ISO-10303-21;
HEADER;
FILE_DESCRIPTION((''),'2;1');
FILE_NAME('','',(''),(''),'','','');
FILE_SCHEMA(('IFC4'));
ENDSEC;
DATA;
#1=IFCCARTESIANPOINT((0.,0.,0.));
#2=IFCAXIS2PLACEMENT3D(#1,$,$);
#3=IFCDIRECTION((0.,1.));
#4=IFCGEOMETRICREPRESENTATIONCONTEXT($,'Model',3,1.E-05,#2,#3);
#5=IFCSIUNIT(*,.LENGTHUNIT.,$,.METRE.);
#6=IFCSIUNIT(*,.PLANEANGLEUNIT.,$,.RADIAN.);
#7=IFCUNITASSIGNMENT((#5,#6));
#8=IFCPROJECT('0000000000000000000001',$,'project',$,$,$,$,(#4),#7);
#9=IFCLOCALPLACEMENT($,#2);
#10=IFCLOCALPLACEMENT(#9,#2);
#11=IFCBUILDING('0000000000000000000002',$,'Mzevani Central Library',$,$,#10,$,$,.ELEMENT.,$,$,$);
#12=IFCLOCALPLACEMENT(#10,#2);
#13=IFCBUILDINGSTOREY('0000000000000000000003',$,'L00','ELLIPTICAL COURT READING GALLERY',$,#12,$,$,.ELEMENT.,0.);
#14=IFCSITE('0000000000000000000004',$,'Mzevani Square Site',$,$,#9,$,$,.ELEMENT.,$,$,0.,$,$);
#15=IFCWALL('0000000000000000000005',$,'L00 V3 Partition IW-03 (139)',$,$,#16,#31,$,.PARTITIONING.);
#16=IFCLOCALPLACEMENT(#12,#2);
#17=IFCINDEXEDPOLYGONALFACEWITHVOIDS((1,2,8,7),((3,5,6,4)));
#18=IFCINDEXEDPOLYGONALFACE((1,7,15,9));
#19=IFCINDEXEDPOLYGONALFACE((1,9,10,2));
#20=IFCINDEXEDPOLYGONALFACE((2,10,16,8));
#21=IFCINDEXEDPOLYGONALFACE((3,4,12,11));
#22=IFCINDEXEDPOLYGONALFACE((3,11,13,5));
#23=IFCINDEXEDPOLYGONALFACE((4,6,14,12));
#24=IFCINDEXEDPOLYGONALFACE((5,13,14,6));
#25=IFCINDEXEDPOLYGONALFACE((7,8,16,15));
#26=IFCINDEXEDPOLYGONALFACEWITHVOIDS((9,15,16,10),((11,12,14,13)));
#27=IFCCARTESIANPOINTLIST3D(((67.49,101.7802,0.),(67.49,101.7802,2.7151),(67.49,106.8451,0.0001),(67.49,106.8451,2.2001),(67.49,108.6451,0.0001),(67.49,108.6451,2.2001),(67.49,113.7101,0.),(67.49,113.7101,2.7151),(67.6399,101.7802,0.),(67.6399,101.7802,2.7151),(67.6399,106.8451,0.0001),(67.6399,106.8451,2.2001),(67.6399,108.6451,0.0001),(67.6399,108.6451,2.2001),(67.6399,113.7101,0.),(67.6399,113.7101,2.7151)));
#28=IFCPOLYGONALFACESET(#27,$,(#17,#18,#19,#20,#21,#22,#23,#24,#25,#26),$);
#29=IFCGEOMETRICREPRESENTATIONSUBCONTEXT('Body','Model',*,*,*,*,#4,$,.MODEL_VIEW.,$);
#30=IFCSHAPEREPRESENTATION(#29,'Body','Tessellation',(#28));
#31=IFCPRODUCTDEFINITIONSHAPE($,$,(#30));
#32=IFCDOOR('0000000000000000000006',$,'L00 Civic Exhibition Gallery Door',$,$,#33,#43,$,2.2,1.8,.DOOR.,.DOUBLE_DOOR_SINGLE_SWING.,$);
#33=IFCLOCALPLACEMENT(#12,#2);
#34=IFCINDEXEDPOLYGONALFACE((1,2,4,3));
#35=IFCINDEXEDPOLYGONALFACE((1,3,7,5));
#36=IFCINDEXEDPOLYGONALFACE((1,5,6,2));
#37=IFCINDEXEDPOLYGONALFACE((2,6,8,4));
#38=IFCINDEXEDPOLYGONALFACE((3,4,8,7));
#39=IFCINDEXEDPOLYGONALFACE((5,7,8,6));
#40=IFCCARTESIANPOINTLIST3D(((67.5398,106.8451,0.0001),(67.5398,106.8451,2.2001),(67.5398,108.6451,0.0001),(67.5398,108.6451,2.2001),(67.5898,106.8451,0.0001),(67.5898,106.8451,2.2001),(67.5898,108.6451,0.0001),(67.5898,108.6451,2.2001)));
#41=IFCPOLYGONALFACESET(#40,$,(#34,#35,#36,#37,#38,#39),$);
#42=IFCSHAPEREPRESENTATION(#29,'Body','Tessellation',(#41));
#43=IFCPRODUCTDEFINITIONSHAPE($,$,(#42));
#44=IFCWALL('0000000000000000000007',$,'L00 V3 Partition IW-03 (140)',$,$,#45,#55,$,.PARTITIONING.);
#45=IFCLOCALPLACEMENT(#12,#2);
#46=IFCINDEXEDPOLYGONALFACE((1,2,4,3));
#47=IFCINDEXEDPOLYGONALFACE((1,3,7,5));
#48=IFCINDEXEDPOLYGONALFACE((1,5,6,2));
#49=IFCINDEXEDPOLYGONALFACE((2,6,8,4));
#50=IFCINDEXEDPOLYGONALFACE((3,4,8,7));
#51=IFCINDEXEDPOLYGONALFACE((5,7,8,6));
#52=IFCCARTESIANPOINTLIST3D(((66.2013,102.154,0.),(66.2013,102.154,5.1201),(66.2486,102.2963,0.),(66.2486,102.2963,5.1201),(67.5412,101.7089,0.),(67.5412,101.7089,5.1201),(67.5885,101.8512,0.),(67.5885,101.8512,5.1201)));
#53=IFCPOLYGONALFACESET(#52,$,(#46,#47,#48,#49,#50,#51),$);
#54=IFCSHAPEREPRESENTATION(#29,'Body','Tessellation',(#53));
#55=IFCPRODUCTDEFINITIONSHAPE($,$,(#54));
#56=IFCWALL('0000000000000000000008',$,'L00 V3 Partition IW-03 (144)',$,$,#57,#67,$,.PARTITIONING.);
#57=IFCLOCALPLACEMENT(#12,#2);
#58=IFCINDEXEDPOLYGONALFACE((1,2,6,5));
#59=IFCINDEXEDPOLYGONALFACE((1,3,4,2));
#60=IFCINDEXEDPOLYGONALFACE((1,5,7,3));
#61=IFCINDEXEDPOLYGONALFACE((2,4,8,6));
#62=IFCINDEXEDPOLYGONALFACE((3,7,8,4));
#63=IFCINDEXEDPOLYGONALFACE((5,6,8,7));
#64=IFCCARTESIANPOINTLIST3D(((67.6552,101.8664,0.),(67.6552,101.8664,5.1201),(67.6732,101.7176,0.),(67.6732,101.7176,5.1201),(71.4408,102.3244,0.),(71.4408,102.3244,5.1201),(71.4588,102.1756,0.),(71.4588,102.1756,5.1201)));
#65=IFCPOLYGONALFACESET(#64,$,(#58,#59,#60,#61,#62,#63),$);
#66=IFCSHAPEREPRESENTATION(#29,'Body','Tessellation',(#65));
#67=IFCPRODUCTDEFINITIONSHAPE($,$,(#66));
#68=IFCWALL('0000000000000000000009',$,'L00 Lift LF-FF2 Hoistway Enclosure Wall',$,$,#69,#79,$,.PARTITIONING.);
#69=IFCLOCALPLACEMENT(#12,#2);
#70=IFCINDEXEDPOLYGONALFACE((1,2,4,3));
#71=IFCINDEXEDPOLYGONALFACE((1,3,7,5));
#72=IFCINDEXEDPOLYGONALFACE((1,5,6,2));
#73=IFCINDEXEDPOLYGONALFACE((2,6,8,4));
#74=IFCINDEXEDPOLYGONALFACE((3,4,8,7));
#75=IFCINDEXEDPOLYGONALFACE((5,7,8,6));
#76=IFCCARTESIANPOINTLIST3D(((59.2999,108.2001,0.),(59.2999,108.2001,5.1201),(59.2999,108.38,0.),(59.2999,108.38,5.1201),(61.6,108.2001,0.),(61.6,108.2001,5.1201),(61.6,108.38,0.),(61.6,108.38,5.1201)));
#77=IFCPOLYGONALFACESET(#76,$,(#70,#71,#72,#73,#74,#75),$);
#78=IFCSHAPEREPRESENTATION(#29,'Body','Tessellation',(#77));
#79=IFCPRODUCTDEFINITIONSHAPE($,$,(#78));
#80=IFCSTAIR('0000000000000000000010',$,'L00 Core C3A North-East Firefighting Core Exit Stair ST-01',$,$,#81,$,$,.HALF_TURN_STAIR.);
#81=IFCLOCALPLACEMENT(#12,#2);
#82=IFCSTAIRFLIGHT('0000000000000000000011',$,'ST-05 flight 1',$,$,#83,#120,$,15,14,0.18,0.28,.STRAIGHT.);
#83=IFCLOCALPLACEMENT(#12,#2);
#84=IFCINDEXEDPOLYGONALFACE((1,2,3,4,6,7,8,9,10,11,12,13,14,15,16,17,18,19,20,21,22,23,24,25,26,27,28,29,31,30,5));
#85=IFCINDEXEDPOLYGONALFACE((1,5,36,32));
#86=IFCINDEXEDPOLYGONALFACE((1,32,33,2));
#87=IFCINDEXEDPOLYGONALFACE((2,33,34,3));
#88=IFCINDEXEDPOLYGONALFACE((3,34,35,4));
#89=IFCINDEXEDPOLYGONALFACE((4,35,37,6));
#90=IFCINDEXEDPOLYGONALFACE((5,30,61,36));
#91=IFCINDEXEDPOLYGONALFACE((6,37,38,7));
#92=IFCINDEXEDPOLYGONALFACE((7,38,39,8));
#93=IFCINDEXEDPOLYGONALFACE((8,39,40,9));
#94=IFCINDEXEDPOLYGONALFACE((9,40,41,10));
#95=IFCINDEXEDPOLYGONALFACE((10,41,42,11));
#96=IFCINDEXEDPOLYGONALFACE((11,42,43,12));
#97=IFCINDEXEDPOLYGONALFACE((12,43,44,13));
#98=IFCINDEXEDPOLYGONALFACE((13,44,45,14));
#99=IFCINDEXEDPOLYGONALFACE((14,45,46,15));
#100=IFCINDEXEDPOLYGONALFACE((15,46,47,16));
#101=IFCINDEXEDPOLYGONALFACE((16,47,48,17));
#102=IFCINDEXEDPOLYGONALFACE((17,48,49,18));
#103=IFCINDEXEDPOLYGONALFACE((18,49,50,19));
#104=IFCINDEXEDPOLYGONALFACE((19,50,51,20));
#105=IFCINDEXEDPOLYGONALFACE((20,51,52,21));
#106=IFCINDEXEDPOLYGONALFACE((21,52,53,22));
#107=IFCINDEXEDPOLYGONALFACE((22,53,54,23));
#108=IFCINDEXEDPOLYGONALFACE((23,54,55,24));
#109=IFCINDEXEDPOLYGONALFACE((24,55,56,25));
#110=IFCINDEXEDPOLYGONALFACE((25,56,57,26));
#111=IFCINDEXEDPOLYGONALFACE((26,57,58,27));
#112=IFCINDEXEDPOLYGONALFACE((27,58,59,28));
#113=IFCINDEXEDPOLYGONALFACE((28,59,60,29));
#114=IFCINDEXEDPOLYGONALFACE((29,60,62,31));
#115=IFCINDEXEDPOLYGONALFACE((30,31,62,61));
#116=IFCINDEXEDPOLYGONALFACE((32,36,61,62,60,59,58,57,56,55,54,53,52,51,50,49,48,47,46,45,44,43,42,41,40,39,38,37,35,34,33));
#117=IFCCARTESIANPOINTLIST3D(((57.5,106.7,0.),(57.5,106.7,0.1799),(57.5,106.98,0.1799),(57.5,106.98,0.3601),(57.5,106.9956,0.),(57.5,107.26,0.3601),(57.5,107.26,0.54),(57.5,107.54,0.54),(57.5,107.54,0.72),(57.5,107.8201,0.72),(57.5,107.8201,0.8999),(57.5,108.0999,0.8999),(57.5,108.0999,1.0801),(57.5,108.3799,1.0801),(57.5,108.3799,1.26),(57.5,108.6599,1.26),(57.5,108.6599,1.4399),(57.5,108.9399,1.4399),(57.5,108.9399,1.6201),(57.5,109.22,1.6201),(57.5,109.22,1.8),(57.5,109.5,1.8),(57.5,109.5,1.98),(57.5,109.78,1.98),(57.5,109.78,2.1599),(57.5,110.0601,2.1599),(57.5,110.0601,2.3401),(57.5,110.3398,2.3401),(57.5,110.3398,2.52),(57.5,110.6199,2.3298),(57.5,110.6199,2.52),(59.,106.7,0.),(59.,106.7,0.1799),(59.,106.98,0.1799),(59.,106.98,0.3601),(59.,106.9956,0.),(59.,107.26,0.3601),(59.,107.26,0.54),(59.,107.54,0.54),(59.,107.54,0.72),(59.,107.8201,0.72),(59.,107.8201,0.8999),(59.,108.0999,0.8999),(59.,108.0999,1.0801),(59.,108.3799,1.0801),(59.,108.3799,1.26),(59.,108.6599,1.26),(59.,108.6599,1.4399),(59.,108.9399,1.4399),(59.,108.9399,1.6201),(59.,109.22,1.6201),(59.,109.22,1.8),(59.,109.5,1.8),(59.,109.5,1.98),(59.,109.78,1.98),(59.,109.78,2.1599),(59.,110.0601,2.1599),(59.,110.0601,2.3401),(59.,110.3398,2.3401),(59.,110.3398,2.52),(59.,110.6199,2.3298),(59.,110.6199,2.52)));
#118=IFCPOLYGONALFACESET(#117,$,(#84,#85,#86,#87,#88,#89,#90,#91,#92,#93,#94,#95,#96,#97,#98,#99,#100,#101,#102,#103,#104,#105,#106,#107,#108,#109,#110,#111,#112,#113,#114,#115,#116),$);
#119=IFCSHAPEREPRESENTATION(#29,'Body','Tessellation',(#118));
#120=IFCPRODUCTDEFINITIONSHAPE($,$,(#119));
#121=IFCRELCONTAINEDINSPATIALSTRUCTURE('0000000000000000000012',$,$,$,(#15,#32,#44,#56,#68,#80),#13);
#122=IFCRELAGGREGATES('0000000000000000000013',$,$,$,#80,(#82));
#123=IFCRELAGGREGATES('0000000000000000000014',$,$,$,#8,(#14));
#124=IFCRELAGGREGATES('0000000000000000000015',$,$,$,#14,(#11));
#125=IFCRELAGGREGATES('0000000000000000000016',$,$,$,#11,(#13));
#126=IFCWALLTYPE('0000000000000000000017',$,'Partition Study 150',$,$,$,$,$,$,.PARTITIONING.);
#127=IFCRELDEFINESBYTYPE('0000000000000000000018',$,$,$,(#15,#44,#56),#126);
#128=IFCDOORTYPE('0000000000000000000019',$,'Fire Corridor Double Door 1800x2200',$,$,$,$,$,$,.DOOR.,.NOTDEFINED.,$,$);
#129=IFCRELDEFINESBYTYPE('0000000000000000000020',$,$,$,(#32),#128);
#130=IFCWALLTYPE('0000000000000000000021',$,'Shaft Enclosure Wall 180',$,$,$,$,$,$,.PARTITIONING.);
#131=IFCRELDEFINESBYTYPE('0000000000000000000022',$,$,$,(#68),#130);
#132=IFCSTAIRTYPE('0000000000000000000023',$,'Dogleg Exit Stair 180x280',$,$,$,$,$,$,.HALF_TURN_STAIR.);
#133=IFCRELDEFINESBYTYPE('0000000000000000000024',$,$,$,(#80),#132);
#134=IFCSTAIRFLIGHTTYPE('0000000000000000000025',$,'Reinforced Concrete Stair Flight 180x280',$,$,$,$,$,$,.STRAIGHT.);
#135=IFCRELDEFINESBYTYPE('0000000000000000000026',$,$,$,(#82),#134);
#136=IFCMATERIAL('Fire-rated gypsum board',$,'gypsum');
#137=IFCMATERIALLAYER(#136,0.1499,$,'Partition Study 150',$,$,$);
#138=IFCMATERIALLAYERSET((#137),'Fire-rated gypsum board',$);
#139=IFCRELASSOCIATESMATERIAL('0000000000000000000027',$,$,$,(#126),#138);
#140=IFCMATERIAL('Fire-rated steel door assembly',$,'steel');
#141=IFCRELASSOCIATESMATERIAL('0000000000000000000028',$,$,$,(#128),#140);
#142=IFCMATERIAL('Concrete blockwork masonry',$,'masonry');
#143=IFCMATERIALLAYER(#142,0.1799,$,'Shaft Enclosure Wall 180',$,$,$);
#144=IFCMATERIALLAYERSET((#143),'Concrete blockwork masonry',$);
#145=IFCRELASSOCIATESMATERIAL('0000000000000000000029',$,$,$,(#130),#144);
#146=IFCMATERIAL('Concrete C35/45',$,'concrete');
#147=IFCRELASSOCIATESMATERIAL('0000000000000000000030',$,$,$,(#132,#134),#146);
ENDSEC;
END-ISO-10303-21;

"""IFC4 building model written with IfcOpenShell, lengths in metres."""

from ifc_helpers import new_model, si_unit, direction, frame, frame_2d, origin, place, context, subcontext, project, spatial, polyline, rectangle, outline, extrude, material, layer, layer_set, type_object, element, fill, aggregate, save


model = new_model("IFC4")

# Units and contexts
model_context = context("Model", 3, precision=1e-05, world=origin(), true_north=direction((0.0, 1.0)))
body_context = subcontext(model_context, "Body", "Model", "MODEL_VIEW")
ifc_project = project(units=[si_unit("LENGTHUNIT", "METRE"), si_unit("PLANEANGLEUNIT", "RADIAN")], contexts=[model_context])

# Site, building, storey
site_placement = place(None, origin())
site = spatial("IfcSite", under=ifc_project, at=site_placement, Name="Mzevani Square Site", CompositionType="ELEMENT", RefElevation=0.0)
building_placement = place(site_placement, origin())
building = spatial("IfcBuilding", under=site, at=building_placement, Name="Mzevani Central Library", CompositionType="ELEMENT")
storey_placement = place(building_placement, origin())
storey = spatial("IfcBuildingStorey", under=building, at=storey_placement, Name="L00", Description="ELLIPTICAL COURT READING GALLERY", CompositionType="ELEMENT", Elevation=0.0)

# Shared definitions
ifc_material_1 = material(Name="Concrete C35/45", Category="concrete")

# Shared definitions
ifc_material_2 = material(Name="Fire-rated steel door assembly", Category="steel")

# Shared definitions
ifc_material_3 = material(Name="Fire-rated gypsum board", Category="gypsum")
ifc_layer_1 = layer(ifc_material_3, 0.1499, Name="Partition Study 150")
ifc_layer_set_1 = layer_set([ifc_layer_1], Name="Fire-rated gypsum board")
wall_type_1 = type_object("IfcWallType", Name="Partition Study 150", PredefinedType="PARTITIONING", material=ifc_layer_set_1)

# Wall, opening, door
wall_1_placement = place(storey_placement, frame((67.5649, 113.71, 0.0), z_axis=(0.0, 0.0, 1.0), x_axis=(0.0, -1.0, 0.0)))
wall_1 = element("IfcWall", 1, at=wall_1_placement, inside=storey, type_object=wall_type_1, Name="L00 V3 Partition IW-03 (139)", PredefinedType="PARTITIONING", context=body_context, shape_type="SweptSolid", body=[
    extrude(rectangle(XDim=11.9299, YDim=0.1499, at=frame_2d((5.9648, 0.0))), origin(), (0.0, 0.0, 1.0), 2.7151),
])
opening_1_placement = place(wall_1_placement, frame((5.0649, 0.0, 0.0)))
opening_1 = element("IfcOpeningElement", 2, at=opening_1_placement, cuts=wall_1, PredefinedType="OPENING", context=body_context, shape_type="SweptSolid", body=[
    extrude(rectangle(XDim=1.8, YDim=2.2, at=frame_2d((0.8999, 1.1001))), frame((0.0, 0.085, 0.0), z_axis=(0.0, -1.0, 0.0), x_axis=(1.0, 0.0, 0.0)), (0.0, 0.0, 1.0), 0.1699),
])
door_type_1 = type_object("IfcDoorType", Name="Fire Corridor Double Door 1800x2200", OperationType="NOTDEFINED", PredefinedType="DOOR", material=ifc_material_2)
door_1_placement = place(opening_1_placement, origin())
door_1 = element("IfcDoor", 3, at=door_1_placement, inside=storey, type_object=door_type_1, Name="L00 Civic Exhibition Gallery Door", OperationType="DOUBLE_DOOR_SINGLE_SWING", OverallHeight=2.2, OverallWidth=1.8, PredefinedType="DOOR", context=body_context, shape_type="SweptSolid", body=[
    extrude(rectangle(XDim=1.8, YDim=2.2, at=frame_2d((0.8999, 1.1001))), frame((0.0, 0.0249, 0.0), z_axis=(0.0, -1.0, 0.0), x_axis=(1.0, 0.0, 0.0)), (0.0, 0.0, 1.0), 0.05),
])
fill(opening_1, door_1)

# Walls
wall_2_placement = place(storey_placement, frame((67.5649, 101.78, 0.0), z_axis=(0.0, 0.0, 1.0), x_axis=(-0.949011, 0.315242, 0.0)))
element("IfcWall", 4, at=wall_2_placement, inside=storey, type_object=wall_type_1, Name="L00 V3 Partition IW-03 (140)", PredefinedType="PARTITIONING", context=body_context, shape_type="SweptSolid", body=[
    extrude(rectangle(XDim=1.4119, YDim=0.1499, at=frame_2d((0.7061, 0.0))), origin(), (0.0, 0.0, 1.0), 5.1201),
])
wall_3_placement = place(storey_placement, frame((71.45, 102.25, 0.0), z_axis=(0.0, 0.0, 1.0), x_axis=(-0.992761, -0.12011, 0.0)))
element("IfcWall", 5, at=wall_3_placement, inside=storey, type_object=wall_type_1, Name="L00 V3 Partition IW-03 (144)", PredefinedType="PARTITIONING", context=body_context, shape_type="SweptSolid", body=[
    extrude(rectangle(XDim=3.8132, YDim=0.1499, at=frame_2d((1.9067, 0.0))), origin(), (0.0, 0.0, 1.0), 5.1201),
])
ifc_material_4 = material(Name="Concrete blockwork masonry", Category="masonry")
ifc_layer_2 = layer(ifc_material_4, 0.1799, Name="Shaft Enclosure Wall 180")
ifc_layer_set_2 = layer_set([ifc_layer_2], Name="Concrete blockwork masonry")
wall_type_2 = type_object("IfcWallType", Name="Shaft Enclosure Wall 180", PredefinedType="PARTITIONING", material=ifc_layer_set_2)
wall_4_placement = place(storey_placement, frame((59.3, 108.29, 0.0), z_axis=(0.0, 0.0, 1.0), x_axis=(1.0, 0.0, 0.0)))
element("IfcWall", 6, at=wall_4_placement, inside=storey, type_object=wall_type_2, Name="L00 Lift LF-FF2 Hoistway Enclosure Wall", PredefinedType="PARTITIONING", context=body_context, shape_type="SweptSolid", body=[
    extrude(rectangle(XDim=2.3, YDim=0.1799, at=frame_2d((1.1499, 0.0))), origin(), (0.0, 0.0, 1.0), 5.1201),
])

# Stair, stair flight
stair_type = type_object("IfcStairType", Name="Dogleg Exit Stair 180x280", PredefinedType="HALF_TURN_STAIR", material=ifc_material_1)
stair_placement = place(storey_placement, origin())
stair = element("IfcStair", 7, at=stair_placement, inside=storey, type_object=stair_type, Name="L00 Core C3A North-East Firefighting Core Exit Stair ST-01", PredefinedType="HALF_TURN_STAIR")
stair_flight_type = type_object("IfcStairFlightType", Name="Reinforced Concrete Stair Flight 180x280", PredefinedType="STRAIGHT", material=ifc_material_1)
stair_flight_placement = place(storey_placement, frame((58.25, 106.7, 0.0), z_axis=(0.0, 0.0, 1.0), x_axis=(0.0, 1.0, 0.0)))
stair_flight = element("IfcStairFlight", 8, at=stair_flight_placement, type_object=stair_flight_type, Name="ST-05 flight 1", NumberOfRisers=15, NumberOfTreads=14, PredefinedType="STRAIGHT", RiserHeight=0.18, TreadLength=0.28, context=body_context, shape_type="SweptSolid", body=[
    extrude(outline(polyline([(0.0, 0.0), (0.0, 0.1799), (0.28, 0.1799), (0.28, 0.3601), (0.5601, 0.3601), (0.5601, 0.54), (0.8401, 0.54), (0.8401, 0.72), (1.1201, 0.72), (1.1201, 0.8999), (1.3999, 0.8999), (1.3999, 1.0801), (1.6799, 1.0801), (1.6799, 1.26), (1.96, 1.26), (1.96, 1.4399), (2.24, 1.4399), (2.24, 1.6201), (2.52, 1.6201), (2.52, 1.8), (2.8, 1.8), (2.8, 1.98), (3.0801, 1.98), (3.0801, 2.1599), (3.3601, 2.1599), (3.3601, 2.3401), (3.6399, 2.3401), (3.6399, 2.52), (3.9199, 2.52), (3.9199, 2.7), (3.9199, 2.3298), (0.2957, 0.0), (0.0, 0.0)])), frame((0.0, 0.75, 0.0), z_axis=(0.0, -1.0, 0.0), x_axis=(1.0, 0.0, 0.0)), (0.0, 0.0, 1.0), 1.5),
])
aggregate(stair, [stair_flight])

save(model, "model.ifc")
